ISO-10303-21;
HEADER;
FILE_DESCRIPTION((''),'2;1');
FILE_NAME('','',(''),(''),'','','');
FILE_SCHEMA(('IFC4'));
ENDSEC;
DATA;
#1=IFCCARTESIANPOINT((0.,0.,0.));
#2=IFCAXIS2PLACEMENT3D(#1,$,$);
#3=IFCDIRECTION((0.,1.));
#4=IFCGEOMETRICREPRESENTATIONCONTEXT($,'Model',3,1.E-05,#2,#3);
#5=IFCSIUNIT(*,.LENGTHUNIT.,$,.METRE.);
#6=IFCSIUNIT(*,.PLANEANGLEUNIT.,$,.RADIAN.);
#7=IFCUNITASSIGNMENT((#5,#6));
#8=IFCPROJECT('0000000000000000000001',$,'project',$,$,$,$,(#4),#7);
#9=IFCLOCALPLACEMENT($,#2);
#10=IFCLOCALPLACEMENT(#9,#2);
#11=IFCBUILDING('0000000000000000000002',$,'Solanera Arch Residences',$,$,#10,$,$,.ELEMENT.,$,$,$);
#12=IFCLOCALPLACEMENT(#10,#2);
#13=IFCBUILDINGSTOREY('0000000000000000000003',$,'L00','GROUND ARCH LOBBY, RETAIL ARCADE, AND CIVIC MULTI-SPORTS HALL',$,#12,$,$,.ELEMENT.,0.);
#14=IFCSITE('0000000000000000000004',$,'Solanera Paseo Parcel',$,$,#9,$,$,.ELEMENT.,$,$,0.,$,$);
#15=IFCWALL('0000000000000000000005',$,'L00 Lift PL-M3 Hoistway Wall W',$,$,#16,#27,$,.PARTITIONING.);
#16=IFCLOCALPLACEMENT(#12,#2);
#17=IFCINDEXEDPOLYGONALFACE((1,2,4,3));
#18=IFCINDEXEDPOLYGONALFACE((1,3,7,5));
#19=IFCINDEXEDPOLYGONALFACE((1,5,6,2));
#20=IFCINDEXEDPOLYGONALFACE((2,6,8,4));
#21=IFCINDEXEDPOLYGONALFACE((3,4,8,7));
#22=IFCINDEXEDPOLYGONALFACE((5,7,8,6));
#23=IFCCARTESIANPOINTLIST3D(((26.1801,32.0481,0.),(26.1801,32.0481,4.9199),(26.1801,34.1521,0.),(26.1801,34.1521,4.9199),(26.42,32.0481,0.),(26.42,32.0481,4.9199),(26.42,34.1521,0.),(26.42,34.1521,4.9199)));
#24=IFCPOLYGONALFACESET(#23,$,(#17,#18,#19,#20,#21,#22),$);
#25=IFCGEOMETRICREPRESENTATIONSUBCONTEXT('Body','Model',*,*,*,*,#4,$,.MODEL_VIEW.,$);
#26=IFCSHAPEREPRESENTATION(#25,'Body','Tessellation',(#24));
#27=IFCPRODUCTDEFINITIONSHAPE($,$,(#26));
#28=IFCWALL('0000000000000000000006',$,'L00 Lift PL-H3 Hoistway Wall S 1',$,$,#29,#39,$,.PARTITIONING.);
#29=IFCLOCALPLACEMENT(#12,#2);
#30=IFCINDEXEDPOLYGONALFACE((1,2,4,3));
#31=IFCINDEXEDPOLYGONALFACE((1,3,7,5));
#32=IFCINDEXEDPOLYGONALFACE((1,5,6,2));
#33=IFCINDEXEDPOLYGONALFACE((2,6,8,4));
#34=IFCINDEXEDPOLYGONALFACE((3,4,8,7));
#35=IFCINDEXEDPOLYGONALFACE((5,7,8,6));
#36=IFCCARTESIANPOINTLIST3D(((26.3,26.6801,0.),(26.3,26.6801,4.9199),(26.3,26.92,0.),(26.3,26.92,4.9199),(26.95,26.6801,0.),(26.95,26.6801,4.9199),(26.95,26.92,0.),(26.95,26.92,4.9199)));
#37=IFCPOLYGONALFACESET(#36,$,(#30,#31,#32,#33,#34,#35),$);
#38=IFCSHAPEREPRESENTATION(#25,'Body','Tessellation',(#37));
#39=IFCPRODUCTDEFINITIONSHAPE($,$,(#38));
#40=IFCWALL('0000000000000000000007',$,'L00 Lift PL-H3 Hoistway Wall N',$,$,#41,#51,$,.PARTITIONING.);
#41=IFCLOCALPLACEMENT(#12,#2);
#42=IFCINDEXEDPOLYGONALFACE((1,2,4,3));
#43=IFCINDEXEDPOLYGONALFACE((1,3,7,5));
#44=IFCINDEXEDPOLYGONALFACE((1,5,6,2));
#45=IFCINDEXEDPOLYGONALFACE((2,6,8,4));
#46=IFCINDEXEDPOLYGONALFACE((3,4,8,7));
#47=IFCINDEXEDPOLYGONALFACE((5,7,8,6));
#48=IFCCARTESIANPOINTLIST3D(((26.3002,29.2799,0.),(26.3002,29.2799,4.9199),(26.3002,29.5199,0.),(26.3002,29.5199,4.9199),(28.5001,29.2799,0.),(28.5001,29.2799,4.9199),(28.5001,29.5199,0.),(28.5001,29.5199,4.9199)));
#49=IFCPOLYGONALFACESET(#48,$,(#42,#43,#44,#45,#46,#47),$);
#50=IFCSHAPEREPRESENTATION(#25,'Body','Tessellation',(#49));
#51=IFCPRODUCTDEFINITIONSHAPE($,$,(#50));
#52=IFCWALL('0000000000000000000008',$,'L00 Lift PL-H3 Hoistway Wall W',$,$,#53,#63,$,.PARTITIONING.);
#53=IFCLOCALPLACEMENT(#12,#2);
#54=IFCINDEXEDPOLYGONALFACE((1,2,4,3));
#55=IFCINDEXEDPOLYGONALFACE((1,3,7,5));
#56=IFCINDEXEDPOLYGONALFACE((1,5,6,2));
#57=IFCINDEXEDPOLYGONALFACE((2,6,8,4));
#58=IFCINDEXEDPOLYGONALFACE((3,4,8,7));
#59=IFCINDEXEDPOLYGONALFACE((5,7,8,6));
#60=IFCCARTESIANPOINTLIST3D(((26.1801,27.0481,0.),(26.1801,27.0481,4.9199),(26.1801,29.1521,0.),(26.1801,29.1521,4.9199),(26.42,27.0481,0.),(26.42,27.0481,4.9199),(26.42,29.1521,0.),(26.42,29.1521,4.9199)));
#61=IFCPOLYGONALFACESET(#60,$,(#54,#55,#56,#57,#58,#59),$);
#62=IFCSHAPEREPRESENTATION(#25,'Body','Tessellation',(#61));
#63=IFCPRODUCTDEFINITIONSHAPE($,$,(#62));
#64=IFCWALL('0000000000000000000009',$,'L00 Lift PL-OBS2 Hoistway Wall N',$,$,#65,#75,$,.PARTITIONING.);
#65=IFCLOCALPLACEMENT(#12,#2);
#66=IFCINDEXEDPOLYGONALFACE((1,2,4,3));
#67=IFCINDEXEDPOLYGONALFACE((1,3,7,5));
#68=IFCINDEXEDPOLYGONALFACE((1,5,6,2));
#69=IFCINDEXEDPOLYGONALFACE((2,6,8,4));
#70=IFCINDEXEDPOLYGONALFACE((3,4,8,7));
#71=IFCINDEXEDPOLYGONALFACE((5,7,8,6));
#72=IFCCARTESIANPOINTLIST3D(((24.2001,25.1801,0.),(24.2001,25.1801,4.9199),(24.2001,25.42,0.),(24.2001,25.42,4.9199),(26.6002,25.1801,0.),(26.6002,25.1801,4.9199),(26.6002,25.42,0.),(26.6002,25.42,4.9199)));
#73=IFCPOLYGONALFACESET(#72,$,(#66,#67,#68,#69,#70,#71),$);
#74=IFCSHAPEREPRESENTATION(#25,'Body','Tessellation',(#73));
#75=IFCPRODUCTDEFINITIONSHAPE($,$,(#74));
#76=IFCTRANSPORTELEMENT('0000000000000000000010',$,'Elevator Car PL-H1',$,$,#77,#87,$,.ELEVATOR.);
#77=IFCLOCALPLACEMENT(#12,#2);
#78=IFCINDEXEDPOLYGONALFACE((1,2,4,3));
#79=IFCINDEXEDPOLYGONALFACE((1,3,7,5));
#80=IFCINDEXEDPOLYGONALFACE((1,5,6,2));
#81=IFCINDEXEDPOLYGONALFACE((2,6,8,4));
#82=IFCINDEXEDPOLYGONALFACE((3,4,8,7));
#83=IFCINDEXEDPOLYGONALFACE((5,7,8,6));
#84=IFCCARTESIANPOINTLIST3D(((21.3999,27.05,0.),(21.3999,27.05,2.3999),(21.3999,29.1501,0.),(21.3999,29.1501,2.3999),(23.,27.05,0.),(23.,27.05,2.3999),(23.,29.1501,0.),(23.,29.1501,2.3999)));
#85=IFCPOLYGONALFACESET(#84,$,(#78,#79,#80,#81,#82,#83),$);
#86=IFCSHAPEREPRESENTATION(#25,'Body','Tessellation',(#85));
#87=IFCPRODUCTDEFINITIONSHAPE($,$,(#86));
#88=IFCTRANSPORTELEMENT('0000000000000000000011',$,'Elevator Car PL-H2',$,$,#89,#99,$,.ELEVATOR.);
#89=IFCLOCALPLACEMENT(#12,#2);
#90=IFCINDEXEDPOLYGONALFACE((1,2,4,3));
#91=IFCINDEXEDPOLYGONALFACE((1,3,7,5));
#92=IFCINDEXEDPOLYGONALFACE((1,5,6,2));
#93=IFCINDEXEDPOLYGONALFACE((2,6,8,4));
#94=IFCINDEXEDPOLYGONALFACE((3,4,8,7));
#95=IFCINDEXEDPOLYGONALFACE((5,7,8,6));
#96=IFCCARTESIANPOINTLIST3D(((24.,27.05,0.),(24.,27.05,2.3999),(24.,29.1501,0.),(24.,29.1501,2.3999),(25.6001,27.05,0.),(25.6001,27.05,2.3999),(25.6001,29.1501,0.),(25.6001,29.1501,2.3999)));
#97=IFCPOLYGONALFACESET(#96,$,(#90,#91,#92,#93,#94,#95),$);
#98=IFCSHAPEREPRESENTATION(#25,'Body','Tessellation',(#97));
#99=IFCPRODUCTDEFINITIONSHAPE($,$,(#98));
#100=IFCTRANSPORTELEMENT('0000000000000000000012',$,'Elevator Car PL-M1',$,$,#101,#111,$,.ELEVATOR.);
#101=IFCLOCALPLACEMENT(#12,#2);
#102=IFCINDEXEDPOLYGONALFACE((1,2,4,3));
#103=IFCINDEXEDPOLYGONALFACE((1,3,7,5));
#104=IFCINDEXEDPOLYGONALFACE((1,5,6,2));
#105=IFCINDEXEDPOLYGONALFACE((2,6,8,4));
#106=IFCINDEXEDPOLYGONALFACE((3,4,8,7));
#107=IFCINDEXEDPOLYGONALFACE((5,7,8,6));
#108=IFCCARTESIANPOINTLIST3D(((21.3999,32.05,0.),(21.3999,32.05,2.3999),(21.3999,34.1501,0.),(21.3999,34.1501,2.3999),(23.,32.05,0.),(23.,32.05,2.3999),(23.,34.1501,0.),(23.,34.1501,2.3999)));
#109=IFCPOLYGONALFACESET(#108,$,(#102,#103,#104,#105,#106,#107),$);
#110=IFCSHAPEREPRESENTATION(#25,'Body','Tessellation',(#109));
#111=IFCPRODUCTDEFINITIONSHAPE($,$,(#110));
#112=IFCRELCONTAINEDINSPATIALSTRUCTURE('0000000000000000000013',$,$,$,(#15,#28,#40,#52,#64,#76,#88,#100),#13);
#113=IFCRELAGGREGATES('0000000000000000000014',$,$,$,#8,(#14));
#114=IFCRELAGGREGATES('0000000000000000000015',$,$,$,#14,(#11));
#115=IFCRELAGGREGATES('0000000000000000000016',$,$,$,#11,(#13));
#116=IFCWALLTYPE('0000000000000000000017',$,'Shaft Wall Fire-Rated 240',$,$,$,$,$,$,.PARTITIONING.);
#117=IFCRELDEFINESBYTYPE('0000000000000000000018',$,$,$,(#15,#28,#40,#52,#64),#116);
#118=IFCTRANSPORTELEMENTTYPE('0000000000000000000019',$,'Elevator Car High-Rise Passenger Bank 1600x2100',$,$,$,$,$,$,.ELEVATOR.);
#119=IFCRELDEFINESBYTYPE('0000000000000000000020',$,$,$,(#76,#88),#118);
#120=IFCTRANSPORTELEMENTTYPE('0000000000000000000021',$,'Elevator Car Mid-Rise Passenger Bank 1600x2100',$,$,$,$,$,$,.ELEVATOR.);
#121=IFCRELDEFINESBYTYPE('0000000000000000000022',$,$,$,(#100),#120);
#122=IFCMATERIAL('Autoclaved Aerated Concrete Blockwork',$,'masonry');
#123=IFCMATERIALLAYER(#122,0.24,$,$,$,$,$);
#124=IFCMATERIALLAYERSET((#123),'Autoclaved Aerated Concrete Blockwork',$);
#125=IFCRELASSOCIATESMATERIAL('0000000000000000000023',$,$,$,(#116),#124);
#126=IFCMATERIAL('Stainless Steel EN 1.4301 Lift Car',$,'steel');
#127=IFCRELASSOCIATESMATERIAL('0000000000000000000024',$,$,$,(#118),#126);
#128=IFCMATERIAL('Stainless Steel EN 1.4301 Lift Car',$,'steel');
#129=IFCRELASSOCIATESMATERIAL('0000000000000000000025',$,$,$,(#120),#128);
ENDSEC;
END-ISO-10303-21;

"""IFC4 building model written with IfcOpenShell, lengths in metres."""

from ifc_helpers import new_model, si_unit, direction, frame, frame_2d, origin, origin_2d, place, context, subcontext, project, spatial, rectangle, extrude, material, layer, layer_set, type_object, element, save


model = new_model("IFC4")

# Units and contexts
model_context = context("Model", 3, precision=1e-05, world=origin(), true_north=direction((0.0, 1.0)))
body_context = subcontext(model_context, "Body", "Model", "MODEL_VIEW")
ifc_project = project(units=[si_unit("LENGTHUNIT", "METRE"), si_unit("PLANEANGLEUNIT", "RADIAN")], contexts=[model_context])

# Site, building, storey
site_placement = place(None, origin())
site = spatial("IfcSite", under=ifc_project, at=site_placement, Name="Solanera Paseo Parcel", CompositionType="ELEMENT", RefElevation=0.0)
building_placement = place(site_placement, origin())
building = spatial("IfcBuilding", under=site, at=building_placement, Name="Solanera Arch Residences", CompositionType="ELEMENT")
storey_placement = place(building_placement, origin())
storey = spatial("IfcBuildingStorey", under=building, at=storey_placement, Name="L00", Description="GROUND ARCH LOBBY, RETAIL ARCADE, AND CIVIC MULTI-SPORTS HALL", CompositionType="ELEMENT", Elevation=0.0)

# Walls
ifc_material_1 = material(Name="Autoclaved Aerated Concrete Blockwork", Category="masonry")
ifc_layer_1 = layer(ifc_material_1, 0.24)
ifc_layer_set_1 = layer_set([ifc_layer_1], Name="Autoclaved Aerated Concrete Blockwork")
wall_type_1 = type_object("IfcWallType", Name="Shaft Wall Fire-Rated 240", PredefinedType="PARTITIONING", material=ifc_layer_set_1)
wall_1_placement = place(storey_placement, frame((26.3, 32.0481, 0.0), z_axis=(0.0, 0.0, 1.0), x_axis=(0.0, 1.0, 0.0)))
element("IfcWall", 1, at=wall_1_placement, inside=storey, type_object=wall_type_1, Name="L00 Lift PL-M3 Hoistway Wall W", PredefinedType="PARTITIONING", context=body_context, shape_type="SweptSolid", body=[
    extrude(rectangle(XDim=2.104, YDim=0.24, at=frame_2d((1.052, 0.0))), origin(), (0.0, 0.0, 1.0), 4.9199),
])
wall_2_placement = place(storey_placement, frame((26.3, 26.8, 0.0), z_axis=(0.0, 0.0, 1.0), x_axis=(1.0, 0.0, 0.0)))
element("IfcWall", 2, at=wall_2_placement, inside=storey, type_object=wall_type_1, Name="L00 Lift PL-H3 Hoistway Wall S 1", PredefinedType="PARTITIONING", context=body_context, shape_type="SweptSolid", body=[
    extrude(rectangle(XDim=0.6499, YDim=0.24, at=frame_2d((0.325, 0.0))), origin(), (0.0, 0.0, 1.0), 4.9199),
])
wall_3_placement = place(storey_placement, frame((26.3, 29.3999, 0.0), z_axis=(0.0, 0.0, 1.0), x_axis=(1.0, 0.0, 0.0)))
element("IfcWall", 3, at=wall_3_placement, inside=storey, type_object=wall_type_1, Name="L00 Lift PL-H3 Hoistway Wall N", PredefinedType="PARTITIONING", context=body_context, shape_type="SweptSolid", body=[
    extrude(rectangle(XDim=2.2, YDim=0.24, at=frame_2d((1.1001, 0.0))), origin(), (0.0, 0.0, 1.0), 4.9199),
])
wall_4_placement = place(storey_placement, frame((26.3, 27.0481, 0.0), z_axis=(0.0, 0.0, 1.0), x_axis=(0.0, 1.0, 0.0)))
element("IfcWall", 4, at=wall_4_placement, inside=storey, type_object=wall_type_1, Name="L00 Lift PL-H3 Hoistway Wall W", PredefinedType="PARTITIONING", context=body_context, shape_type="SweptSolid", body=[
    extrude(rectangle(XDim=2.104, YDim=0.24, at=frame_2d((1.052, 0.0))), origin(), (0.0, 0.0, 1.0), 4.9199),
])
wall_5_placement = place(storey_placement, frame((24.2, 25.3, 0.0), z_axis=(0.0, 0.0, 1.0), x_axis=(1.0, 0.0, 0.0)))
element("IfcWall", 5, at=wall_5_placement, inside=storey, type_object=wall_type_1, Name="L00 Lift PL-OBS2 Hoistway Wall N", PredefinedType="PARTITIONING", context=body_context, shape_type="SweptSolid", body=[
    extrude(rectangle(XDim=2.4001, YDim=0.24, at=frame_2d((1.2002, 0.0))), origin(), (0.0, 0.0, 1.0), 4.9199),
])

# Transport elements
ifc_material_2 = material(Name="Stainless Steel EN 1.4301 Lift Car", Category="steel")
transport_element_type_1 = type_object("IfcTransportElementType", Name="Elevator Car High-Rise Passenger Bank 1600x2100", PredefinedType="ELEVATOR", material=ifc_material_2)
for number, where, z_axis, x_axis, name in (
    (6, (22.2, 28.1001, 0.0), (0.0, 0.0, 1.0), (1.0, 0.0, 0.0), "Elevator Car PL-H1"),
    (7, (24.8, 28.1001, 0.0), (0.0, 0.0, 1.0), (1.0, 0.0, 0.0), "Elevator Car PL-H2"),
):
    element("IfcTransportElement", number, at=place(storey_placement, frame(where, z_axis=z_axis, x_axis=x_axis)), inside=storey, type_object=transport_element_type_1, Name=name, PredefinedType="ELEVATOR", context=body_context, shape_type="SweptSolid", body=[
        extrude(rectangle(XDim=1.6001, YDim=2.1001, at=origin_2d()), origin(), (0.0, 0.0, 1.0), 2.3999),
    ])
ifc_material_3 = material(Name="Stainless Steel EN 1.4301 Lift Car", Category="steel")
transport_element_type_2 = type_object("IfcTransportElementType", Name="Elevator Car Mid-Rise Passenger Bank 1600x2100", PredefinedType="ELEVATOR", material=ifc_material_3)
transport_element_placement = place(storey_placement, frame((22.2, 33.1001, 0.0), z_axis=(0.0, 0.0, 1.0), x_axis=(1.0, 0.0, 0.0)))
element("IfcTransportElement", 8, at=transport_element_placement, inside=storey, type_object=transport_element_type_2, Name="Elevator Car PL-M1", PredefinedType="ELEVATOR", context=body_context, shape_type="SweptSolid", body=[
    extrude(rectangle(XDim=1.6001, YDim=2.1001, at=origin_2d()), origin(), (0.0, 0.0, 1.0), 2.3999),
])

save(model, "model.ifc")
